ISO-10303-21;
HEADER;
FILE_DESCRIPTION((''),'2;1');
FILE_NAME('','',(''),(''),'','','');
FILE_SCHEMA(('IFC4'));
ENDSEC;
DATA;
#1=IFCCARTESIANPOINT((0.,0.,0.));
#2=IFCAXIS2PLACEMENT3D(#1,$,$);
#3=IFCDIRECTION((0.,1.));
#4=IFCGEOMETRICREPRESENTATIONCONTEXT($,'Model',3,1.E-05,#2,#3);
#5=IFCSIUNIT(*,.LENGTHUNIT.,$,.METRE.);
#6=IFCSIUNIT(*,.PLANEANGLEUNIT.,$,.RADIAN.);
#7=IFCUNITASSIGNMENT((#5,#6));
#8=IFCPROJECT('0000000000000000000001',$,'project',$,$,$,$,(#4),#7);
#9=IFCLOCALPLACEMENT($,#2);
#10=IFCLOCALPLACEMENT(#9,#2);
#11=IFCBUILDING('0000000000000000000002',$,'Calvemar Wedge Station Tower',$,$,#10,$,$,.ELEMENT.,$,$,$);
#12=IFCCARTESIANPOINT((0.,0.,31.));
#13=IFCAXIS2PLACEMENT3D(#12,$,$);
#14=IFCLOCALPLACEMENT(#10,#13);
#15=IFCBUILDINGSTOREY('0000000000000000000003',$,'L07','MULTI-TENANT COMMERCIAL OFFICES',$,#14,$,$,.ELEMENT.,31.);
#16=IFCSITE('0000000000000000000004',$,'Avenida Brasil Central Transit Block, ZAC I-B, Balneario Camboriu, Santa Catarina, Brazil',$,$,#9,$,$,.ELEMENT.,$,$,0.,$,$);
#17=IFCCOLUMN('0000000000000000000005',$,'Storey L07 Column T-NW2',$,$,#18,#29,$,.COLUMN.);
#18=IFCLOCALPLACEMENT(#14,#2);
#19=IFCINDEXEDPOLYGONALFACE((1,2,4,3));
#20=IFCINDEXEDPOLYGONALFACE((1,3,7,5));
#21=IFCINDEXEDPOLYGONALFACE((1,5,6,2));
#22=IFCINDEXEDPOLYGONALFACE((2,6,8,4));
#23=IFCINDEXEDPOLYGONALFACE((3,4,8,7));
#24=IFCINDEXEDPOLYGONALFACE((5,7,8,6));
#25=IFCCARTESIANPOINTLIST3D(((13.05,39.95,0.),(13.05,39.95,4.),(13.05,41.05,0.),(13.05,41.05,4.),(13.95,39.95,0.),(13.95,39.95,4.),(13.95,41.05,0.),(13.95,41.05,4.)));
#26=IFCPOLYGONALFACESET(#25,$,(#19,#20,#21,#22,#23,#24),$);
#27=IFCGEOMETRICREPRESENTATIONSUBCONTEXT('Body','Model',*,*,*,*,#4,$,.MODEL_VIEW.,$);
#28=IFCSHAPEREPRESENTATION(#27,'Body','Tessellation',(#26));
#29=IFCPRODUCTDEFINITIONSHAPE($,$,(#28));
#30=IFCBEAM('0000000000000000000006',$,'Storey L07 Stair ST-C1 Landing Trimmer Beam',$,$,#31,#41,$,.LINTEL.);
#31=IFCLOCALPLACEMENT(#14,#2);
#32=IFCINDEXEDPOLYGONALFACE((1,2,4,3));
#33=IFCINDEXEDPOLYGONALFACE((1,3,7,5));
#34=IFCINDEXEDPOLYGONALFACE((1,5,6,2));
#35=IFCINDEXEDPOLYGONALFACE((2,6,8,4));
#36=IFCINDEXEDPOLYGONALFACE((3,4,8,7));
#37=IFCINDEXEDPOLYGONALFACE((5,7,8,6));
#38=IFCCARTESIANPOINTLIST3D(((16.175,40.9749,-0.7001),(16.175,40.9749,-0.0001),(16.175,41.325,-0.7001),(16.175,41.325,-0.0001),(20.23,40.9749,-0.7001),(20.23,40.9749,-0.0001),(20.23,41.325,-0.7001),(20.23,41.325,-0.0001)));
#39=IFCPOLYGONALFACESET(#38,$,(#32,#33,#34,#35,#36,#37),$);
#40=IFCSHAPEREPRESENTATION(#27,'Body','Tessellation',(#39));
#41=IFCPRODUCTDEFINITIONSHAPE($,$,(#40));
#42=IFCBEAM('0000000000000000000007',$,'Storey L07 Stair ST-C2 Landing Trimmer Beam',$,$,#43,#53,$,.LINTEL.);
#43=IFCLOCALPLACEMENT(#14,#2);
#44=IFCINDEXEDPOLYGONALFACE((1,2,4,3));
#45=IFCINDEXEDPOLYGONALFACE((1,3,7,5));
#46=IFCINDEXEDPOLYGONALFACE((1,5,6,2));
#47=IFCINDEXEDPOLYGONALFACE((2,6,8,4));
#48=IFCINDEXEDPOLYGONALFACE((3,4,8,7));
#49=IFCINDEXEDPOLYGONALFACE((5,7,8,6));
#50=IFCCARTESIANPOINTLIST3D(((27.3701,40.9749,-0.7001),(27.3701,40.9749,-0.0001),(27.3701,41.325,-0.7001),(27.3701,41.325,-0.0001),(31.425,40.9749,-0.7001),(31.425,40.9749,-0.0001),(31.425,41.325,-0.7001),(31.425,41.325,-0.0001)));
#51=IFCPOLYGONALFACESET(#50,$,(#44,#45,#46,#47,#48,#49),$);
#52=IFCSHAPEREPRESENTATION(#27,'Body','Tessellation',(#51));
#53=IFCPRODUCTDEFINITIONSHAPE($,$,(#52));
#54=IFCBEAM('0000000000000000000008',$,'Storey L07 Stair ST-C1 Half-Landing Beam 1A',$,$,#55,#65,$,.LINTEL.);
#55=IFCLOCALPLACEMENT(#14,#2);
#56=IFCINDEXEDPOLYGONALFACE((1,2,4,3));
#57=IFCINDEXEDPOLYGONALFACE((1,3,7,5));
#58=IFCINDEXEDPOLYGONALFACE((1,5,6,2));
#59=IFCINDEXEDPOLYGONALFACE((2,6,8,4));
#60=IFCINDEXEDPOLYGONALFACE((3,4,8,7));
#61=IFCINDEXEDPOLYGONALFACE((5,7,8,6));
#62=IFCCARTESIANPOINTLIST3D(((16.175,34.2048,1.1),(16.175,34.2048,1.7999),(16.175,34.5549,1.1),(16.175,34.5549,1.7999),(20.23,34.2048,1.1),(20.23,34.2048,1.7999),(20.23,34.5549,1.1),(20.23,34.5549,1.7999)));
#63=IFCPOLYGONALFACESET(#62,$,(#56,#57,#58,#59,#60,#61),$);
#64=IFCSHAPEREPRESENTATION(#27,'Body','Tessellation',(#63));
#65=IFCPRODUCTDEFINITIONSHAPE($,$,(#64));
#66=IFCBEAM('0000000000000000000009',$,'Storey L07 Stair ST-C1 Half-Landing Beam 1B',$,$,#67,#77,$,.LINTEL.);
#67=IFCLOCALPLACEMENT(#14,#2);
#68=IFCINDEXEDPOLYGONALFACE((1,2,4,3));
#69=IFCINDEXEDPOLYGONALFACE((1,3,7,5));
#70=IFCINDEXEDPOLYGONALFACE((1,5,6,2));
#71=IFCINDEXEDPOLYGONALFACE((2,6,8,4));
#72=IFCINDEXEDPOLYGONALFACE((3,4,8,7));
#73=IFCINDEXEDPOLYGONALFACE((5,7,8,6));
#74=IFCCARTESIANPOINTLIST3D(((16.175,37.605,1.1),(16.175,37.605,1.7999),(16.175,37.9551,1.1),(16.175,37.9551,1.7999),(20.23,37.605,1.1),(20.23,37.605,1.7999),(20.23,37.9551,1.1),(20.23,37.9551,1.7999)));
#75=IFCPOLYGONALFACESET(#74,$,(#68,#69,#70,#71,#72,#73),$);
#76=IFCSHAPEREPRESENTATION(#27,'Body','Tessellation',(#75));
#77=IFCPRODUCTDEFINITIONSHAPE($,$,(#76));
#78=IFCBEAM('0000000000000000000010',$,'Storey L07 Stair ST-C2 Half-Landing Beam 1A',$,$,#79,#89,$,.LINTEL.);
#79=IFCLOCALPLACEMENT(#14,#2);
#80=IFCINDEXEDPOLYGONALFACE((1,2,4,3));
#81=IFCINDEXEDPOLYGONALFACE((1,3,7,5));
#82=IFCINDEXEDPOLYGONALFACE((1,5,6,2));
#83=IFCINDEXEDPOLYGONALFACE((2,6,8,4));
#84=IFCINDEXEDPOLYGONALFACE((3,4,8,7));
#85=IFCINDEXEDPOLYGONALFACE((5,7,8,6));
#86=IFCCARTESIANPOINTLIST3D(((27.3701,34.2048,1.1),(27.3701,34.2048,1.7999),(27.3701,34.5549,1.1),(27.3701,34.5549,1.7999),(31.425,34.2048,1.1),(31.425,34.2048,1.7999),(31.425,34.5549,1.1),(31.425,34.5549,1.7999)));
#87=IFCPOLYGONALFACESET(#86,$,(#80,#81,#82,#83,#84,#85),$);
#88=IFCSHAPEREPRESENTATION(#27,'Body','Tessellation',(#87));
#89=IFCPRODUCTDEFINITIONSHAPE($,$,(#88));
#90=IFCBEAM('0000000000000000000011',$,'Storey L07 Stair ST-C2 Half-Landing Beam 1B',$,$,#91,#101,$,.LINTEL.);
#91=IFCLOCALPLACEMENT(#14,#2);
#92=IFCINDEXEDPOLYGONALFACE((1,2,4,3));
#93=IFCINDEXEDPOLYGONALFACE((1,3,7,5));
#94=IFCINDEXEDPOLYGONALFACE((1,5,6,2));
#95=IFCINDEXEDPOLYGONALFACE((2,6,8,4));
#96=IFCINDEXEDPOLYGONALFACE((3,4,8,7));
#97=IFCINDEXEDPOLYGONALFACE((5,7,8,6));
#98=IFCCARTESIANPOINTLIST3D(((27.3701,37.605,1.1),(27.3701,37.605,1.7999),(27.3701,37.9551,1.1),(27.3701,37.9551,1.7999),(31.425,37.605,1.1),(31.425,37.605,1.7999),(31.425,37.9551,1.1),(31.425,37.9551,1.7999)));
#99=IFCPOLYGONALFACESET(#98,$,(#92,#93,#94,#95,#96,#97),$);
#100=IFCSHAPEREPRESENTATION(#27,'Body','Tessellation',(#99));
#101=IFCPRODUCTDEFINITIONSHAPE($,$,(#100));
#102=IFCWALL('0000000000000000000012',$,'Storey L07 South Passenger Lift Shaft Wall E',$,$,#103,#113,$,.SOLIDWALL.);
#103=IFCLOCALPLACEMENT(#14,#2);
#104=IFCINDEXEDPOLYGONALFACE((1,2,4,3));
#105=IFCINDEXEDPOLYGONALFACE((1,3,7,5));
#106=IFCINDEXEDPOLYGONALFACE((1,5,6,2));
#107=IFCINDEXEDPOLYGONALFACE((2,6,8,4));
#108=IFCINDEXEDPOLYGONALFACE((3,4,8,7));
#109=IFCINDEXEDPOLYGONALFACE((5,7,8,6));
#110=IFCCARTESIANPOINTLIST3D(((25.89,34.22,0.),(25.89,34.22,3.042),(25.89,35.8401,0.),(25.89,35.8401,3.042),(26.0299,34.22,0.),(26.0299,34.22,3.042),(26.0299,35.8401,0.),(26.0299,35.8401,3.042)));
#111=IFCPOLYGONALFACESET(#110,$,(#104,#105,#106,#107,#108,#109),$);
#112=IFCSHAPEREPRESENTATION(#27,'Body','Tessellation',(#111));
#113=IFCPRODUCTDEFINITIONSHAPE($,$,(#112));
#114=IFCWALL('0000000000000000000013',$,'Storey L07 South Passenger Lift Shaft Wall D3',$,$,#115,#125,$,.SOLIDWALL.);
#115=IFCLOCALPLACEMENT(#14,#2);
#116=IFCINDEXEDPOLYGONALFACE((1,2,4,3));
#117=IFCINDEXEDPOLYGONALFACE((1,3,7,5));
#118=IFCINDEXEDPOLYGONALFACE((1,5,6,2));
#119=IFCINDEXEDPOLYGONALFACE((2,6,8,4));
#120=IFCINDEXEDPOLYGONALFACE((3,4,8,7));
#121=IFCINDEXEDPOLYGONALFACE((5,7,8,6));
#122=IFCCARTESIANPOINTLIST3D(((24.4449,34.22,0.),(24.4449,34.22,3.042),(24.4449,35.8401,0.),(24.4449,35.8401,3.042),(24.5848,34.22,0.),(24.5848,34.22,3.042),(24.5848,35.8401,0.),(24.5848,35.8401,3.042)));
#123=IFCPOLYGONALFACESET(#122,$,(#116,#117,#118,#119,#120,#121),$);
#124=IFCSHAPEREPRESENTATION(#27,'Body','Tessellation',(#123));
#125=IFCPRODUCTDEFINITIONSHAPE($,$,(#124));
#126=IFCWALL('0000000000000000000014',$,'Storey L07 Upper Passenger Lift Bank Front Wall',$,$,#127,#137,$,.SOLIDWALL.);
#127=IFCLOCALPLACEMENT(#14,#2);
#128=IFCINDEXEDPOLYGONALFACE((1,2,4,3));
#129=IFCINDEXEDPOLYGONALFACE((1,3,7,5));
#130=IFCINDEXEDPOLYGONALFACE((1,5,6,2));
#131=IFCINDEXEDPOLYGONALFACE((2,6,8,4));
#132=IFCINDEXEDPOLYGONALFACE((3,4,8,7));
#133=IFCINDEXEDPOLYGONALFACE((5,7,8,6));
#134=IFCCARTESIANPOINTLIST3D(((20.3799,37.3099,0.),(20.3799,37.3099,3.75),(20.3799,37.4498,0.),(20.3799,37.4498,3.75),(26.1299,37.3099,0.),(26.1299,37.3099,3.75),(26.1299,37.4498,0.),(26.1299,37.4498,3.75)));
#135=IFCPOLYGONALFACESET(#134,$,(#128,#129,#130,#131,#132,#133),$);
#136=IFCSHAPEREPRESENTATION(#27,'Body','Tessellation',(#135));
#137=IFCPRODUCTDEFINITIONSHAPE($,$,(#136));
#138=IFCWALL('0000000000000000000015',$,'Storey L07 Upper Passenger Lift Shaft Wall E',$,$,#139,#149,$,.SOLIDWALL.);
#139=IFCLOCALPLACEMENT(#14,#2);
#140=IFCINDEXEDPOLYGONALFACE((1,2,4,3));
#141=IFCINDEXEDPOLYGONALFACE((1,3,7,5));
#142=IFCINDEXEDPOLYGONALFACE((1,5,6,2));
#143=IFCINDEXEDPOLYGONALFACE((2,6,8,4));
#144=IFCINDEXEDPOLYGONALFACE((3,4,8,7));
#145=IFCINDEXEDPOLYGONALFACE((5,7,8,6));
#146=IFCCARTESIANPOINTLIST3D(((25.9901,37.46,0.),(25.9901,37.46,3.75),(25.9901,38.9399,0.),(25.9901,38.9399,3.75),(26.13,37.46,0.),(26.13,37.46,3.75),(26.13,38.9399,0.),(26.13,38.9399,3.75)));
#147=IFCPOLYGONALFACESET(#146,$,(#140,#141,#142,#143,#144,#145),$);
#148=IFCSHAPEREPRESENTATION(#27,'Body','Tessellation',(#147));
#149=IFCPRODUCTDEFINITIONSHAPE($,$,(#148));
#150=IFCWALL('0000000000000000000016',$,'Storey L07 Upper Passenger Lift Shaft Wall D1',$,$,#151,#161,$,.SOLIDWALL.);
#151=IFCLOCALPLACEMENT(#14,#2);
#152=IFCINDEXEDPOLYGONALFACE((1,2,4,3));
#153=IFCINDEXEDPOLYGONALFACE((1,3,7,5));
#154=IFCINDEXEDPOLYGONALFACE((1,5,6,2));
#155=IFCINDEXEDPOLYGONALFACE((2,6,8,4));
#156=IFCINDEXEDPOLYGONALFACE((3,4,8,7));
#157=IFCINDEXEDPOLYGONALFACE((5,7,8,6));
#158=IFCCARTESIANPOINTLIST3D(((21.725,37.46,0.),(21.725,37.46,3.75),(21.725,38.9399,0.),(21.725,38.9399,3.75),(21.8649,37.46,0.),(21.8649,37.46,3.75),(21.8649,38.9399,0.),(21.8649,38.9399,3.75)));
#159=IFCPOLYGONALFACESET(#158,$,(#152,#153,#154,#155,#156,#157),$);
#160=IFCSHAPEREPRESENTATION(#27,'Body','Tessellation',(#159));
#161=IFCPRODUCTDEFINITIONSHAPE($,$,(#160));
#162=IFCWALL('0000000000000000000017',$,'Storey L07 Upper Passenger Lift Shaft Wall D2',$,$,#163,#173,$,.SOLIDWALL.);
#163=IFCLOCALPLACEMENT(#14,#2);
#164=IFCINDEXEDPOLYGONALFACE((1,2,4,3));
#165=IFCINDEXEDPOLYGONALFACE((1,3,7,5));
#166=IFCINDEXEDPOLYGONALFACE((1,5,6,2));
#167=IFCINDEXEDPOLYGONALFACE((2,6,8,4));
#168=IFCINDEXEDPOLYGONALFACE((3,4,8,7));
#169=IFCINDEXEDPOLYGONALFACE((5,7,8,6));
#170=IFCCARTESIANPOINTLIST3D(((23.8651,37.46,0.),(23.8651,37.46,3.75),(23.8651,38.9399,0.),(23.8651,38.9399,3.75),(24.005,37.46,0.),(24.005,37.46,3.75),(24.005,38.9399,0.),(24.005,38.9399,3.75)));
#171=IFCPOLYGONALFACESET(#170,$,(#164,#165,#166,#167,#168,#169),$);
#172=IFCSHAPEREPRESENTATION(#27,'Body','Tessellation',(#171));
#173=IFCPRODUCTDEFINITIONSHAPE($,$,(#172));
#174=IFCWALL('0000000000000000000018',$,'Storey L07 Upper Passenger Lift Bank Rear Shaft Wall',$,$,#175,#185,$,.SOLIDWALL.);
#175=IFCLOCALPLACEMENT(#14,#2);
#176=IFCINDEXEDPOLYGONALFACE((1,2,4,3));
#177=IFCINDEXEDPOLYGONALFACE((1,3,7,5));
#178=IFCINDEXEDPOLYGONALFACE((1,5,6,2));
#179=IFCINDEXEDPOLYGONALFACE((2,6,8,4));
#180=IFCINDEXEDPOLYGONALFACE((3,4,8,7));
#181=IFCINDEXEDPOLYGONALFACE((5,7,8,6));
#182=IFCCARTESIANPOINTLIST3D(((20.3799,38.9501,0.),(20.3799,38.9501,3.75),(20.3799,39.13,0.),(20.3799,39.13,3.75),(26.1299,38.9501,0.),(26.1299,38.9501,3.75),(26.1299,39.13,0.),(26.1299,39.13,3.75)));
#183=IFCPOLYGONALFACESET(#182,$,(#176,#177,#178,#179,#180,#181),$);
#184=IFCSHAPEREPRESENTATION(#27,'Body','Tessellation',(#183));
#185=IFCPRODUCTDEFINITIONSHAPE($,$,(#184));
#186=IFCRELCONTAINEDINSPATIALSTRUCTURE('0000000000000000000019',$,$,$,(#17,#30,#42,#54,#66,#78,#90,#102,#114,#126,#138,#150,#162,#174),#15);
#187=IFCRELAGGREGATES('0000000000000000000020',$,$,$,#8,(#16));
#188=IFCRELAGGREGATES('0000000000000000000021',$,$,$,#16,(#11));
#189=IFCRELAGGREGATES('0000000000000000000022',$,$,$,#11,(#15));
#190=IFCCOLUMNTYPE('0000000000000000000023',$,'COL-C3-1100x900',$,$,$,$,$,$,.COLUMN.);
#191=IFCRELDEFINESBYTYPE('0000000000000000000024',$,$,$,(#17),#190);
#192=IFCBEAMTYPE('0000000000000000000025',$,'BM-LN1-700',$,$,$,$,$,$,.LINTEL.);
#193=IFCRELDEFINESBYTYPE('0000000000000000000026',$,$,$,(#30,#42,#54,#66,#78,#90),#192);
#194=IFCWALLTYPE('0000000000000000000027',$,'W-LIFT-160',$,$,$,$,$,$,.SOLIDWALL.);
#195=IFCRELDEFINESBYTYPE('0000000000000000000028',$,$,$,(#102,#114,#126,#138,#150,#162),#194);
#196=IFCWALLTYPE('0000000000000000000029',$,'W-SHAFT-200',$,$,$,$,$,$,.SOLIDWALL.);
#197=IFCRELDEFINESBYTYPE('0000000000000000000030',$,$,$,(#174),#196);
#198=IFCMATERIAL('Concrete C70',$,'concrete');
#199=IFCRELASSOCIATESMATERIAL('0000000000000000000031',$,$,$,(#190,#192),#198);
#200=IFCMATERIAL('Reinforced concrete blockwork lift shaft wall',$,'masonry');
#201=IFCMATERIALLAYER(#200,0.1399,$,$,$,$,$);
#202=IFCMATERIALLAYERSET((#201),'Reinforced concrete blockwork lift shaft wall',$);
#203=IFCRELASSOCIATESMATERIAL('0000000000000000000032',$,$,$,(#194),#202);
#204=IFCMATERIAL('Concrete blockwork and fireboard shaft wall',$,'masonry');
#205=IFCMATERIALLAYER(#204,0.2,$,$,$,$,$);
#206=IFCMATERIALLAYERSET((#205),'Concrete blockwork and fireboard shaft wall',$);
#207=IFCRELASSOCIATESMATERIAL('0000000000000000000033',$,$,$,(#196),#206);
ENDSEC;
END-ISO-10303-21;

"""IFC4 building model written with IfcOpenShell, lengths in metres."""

from ifc_helpers import new_model, si_unit, direction, frame, frame_2d, origin, origin_2d, place, context, subcontext, project, spatial, rectangle, extrude, source, transform, mapped, material, layer, layer_set, material_profile, profile_set, type_object, element, save


model = new_model("IFC4")

# Units and contexts
model_context = context("Model", 3, precision=1e-05, world=origin(), true_north=direction((0.0, 1.0)))
body_context = subcontext(model_context, "Body", "Model", "MODEL_VIEW")
ifc_project = project(units=[si_unit("LENGTHUNIT", "METRE"), si_unit("PLANEANGLEUNIT", "RADIAN")], contexts=[model_context])

# Site, building, storey
site_placement = place(None, origin())
site = spatial("IfcSite", under=ifc_project, at=site_placement, Name="Avenida Brasil Central Transit Block, ZAC I-B, Balneario Camboriu, Santa Catarina, Brazil", CompositionType="ELEMENT", RefElevation=0.0)
building_placement = place(site_placement, origin())
building = spatial("IfcBuilding", under=site, at=building_placement, Name="Calvemar Wedge Station Tower", CompositionType="ELEMENT")
storey_placement = place(building_placement, frame((0.0, 0.0, 31.0)))
storey = spatial("IfcBuildingStorey", under=building, at=storey_placement, Name="L07", Description="MULTI-TENANT COMMERCIAL OFFICES", CompositionType="ELEMENT", Elevation=31.0)

# Column
ifc_material_1 = material(Name="Concrete C70", Category="concrete")
ifc_material_profile_1 = material_profile(ifc_material_1, rectangle(XDim=0.8999, YDim=1.1001, at=origin_2d()), Name="RC1100x900")
ifc_profile_set_1 = profile_set([ifc_material_profile_1], Name="Concrete C70")
column_type = type_object("IfcColumnType", Name="COL-C3-1100x900", PredefinedType="COLUMN", material=ifc_profile_set_1)
shared_shape_1 = source(origin(), body_context, "Body", "SweptSolid", [
    extrude(rectangle(XDim=0.8999, YDim=1.1001, at=origin_2d()), origin(), (0.0, 0.0, 1.0), 4.0),
])
column_placement = place(storey_placement, frame((13.5, 40.5, 0.0), z_axis=(0.0, 0.0, 1.0), x_axis=(1.0, 0.0, 0.0)))
element("IfcColumn", 1, at=column_placement, inside=storey, type_object=column_type, Name="Storey L07 Column T-NW2", PredefinedType="COLUMN", context=body_context, shape_type="MappedRepresentation", body=[
    mapped(shared_shape_1, transform((0.0, 0.0, 0.0), scale=1.0)),
])

# Beams
ifc_material_profile_2 = material_profile(ifc_material_1, rectangle(XDim=0.3501, YDim=0.7, at=origin_2d()), Name="RC350x700")
ifc_profile_set_2 = profile_set([ifc_material_profile_2], Name="Concrete C70")
beam_type = type_object("IfcBeamType", Name="BM-LN1-700", PredefinedType="LINTEL", material=ifc_profile_set_2)
shared_shape_2 = source(origin(), body_context, "Body", "SweptSolid", [
    extrude(rectangle(XDim=0.3501, YDim=0.7, at=origin_2d()), origin(), (0.0, 0.0, 1.0), 4.0549),
])
for number, where, z_axis, x_axis, name in (
    (2, (16.175, 41.1499, -0.3501), (1.0, 0.0, 0.0), (0.0, 1.0, 0.0), "Storey L07 Stair ST-C1 Landing Trimmer Beam"),
    (3, (27.3701, 41.1499, -0.3501), (1.0, 0.0, 0.0), (0.0, 1.0, 0.0), "Storey L07 Stair ST-C2 Landing Trimmer Beam"),
    (4, (16.175, 34.3799, 1.45), (1.0, 0.0, 0.0), (0.0, 1.0, 0.0), "Storey L07 Stair ST-C1 Half-Landing Beam 1A"),
    (5, (16.175, 37.78, 1.45), (1.0, 0.0, 0.0), (0.0, 1.0, 0.0), "Storey L07 Stair ST-C1 Half-Landing Beam 1B"),
    (6, (27.3701, 34.3799, 1.45), (1.0, 0.0, 0.0), (0.0, 1.0, 0.0), "Storey L07 Stair ST-C2 Half-Landing Beam 1A"),
    (7, (27.3701, 37.78, 1.45), (1.0, 0.0, 0.0), (0.0, 1.0, 0.0), "Storey L07 Stair ST-C2 Half-Landing Beam 1B"),
):
    element("IfcBeam", number, at=place(storey_placement, frame(where, z_axis=z_axis, x_axis=x_axis)), inside=storey, type_object=beam_type, Name=name, PredefinedType="LINTEL", context=body_context, shape_type="MappedRepresentation", body=[
        mapped(shared_shape_2, transform((0.0, 0.0, 0.0), scale=1.0)),
    ])

# Shared definitions
ifc_material_2 = material(Name="Reinforced concrete blockwork lift shaft wall", Category="masonry")
ifc_layer_1 = layer(ifc_material_2, 0.1399)
ifc_layer_set_1 = layer_set([ifc_layer_1], Name="Reinforced concrete blockwork lift shaft wall")
wall_type_1 = type_object("IfcWallType", Name="W-LIFT-160", PredefinedType="SOLIDWALL", material=ifc_layer_set_1)

# Walls
for number, where, z_axis, x_axis, name in (
    (8, (25.96, 34.22, 0.0), (0.0, 0.0, 1.0), (0.0, 1.0, 0.0), "Storey L07 South Passenger Lift Shaft Wall E"),
    (9, (24.5149, 34.22, 0.0), (0.0, 0.0, 1.0), (0.0, 1.0, 0.0), "Storey L07 South Passenger Lift Shaft Wall D3"),
):
    element("IfcWall", number, at=place(storey_placement, frame(where, z_axis=z_axis, x_axis=x_axis)), inside=storey, type_object=wall_type_1, Name=name, PredefinedType="SOLIDWALL", context=body_context, shape_type="SweptSolid", body=[
        extrude(rectangle(XDim=1.6201, YDim=0.1399, at=frame_2d((0.8101, 0.0))), origin(), (0.0, 0.0, 1.0), 3.042),
    ])
wall_1_placement = place(storey_placement, frame((20.3799, 37.3799, 0.0), z_axis=(0.0, 0.0, 1.0), x_axis=(1.0, 0.0, 0.0)))
element("IfcWall", 10, at=wall_1_placement, inside=storey, type_object=wall_type_1, Name="Storey L07 Upper Passenger Lift Bank Front Wall", PredefinedType="SOLIDWALL", context=body_context, shape_type="SweptSolid", body=[
    extrude(rectangle(XDim=5.75, YDim=0.1399, at=frame_2d((2.875, 0.0))), origin(), (0.0, 0.0, 1.0), 3.75),
])
for number, where, z_axis, x_axis, name in (
    (11, (26.0601, 37.46, 0.0), (0.0, 0.0, 1.0), (0.0, 1.0, 0.0), "Storey L07 Upper Passenger Lift Shaft Wall E"),
    (12, (21.7949, 37.46, 0.0), (0.0, 0.0, 1.0), (0.0, 1.0, 0.0), "Storey L07 Upper Passenger Lift Shaft Wall D1"),
    (13, (23.9351, 37.46, 0.0), (0.0, 0.0, 1.0), (0.0, 1.0, 0.0), "Storey L07 Upper Passenger Lift Shaft Wall D2"),
):
    element("IfcWall", number, at=place(storey_placement, frame(where, z_axis=z_axis, x_axis=x_axis)), inside=storey, type_object=wall_type_1, Name=name, PredefinedType="SOLIDWALL", context=body_context, shape_type="SweptSolid", body=[
        extrude(rectangle(XDim=1.48, YDim=0.1399, at=frame_2d((0.74, 0.0))), origin(), (0.0, 0.0, 1.0), 3.75),
    ])
ifc_material_3 = material(Name="Concrete blockwork and fireboard shaft wall", Category="masonry")
ifc_layer_2 = layer(ifc_material_3, 0.2)
ifc_layer_set_2 = layer_set([ifc_layer_2], Name="Concrete blockwork and fireboard shaft wall")
wall_type_2 = type_object("IfcWallType", Name="W-SHAFT-200", PredefinedType="SOLIDWALL", material=ifc_layer_set_2)
wall_2_placement = place(storey_placement, frame((20.3799, 39.04, 0.0), z_axis=(0.0, 0.0, 1.0), x_axis=(1.0, 0.0, 0.0)))
element("IfcWall", 14, at=wall_2_placement, inside=storey, type_object=wall_type_2, Name="Storey L07 Upper Passenger Lift Bank Rear Shaft Wall", PredefinedType="SOLIDWALL", context=body_context, shape_type="SweptSolid", body=[
    extrude(rectangle(XDim=5.75, YDim=0.1799, at=frame_2d((2.875, 0.0))), origin(), (0.0, 0.0, 1.0), 3.75),
])

save(model, "model.ifc")
